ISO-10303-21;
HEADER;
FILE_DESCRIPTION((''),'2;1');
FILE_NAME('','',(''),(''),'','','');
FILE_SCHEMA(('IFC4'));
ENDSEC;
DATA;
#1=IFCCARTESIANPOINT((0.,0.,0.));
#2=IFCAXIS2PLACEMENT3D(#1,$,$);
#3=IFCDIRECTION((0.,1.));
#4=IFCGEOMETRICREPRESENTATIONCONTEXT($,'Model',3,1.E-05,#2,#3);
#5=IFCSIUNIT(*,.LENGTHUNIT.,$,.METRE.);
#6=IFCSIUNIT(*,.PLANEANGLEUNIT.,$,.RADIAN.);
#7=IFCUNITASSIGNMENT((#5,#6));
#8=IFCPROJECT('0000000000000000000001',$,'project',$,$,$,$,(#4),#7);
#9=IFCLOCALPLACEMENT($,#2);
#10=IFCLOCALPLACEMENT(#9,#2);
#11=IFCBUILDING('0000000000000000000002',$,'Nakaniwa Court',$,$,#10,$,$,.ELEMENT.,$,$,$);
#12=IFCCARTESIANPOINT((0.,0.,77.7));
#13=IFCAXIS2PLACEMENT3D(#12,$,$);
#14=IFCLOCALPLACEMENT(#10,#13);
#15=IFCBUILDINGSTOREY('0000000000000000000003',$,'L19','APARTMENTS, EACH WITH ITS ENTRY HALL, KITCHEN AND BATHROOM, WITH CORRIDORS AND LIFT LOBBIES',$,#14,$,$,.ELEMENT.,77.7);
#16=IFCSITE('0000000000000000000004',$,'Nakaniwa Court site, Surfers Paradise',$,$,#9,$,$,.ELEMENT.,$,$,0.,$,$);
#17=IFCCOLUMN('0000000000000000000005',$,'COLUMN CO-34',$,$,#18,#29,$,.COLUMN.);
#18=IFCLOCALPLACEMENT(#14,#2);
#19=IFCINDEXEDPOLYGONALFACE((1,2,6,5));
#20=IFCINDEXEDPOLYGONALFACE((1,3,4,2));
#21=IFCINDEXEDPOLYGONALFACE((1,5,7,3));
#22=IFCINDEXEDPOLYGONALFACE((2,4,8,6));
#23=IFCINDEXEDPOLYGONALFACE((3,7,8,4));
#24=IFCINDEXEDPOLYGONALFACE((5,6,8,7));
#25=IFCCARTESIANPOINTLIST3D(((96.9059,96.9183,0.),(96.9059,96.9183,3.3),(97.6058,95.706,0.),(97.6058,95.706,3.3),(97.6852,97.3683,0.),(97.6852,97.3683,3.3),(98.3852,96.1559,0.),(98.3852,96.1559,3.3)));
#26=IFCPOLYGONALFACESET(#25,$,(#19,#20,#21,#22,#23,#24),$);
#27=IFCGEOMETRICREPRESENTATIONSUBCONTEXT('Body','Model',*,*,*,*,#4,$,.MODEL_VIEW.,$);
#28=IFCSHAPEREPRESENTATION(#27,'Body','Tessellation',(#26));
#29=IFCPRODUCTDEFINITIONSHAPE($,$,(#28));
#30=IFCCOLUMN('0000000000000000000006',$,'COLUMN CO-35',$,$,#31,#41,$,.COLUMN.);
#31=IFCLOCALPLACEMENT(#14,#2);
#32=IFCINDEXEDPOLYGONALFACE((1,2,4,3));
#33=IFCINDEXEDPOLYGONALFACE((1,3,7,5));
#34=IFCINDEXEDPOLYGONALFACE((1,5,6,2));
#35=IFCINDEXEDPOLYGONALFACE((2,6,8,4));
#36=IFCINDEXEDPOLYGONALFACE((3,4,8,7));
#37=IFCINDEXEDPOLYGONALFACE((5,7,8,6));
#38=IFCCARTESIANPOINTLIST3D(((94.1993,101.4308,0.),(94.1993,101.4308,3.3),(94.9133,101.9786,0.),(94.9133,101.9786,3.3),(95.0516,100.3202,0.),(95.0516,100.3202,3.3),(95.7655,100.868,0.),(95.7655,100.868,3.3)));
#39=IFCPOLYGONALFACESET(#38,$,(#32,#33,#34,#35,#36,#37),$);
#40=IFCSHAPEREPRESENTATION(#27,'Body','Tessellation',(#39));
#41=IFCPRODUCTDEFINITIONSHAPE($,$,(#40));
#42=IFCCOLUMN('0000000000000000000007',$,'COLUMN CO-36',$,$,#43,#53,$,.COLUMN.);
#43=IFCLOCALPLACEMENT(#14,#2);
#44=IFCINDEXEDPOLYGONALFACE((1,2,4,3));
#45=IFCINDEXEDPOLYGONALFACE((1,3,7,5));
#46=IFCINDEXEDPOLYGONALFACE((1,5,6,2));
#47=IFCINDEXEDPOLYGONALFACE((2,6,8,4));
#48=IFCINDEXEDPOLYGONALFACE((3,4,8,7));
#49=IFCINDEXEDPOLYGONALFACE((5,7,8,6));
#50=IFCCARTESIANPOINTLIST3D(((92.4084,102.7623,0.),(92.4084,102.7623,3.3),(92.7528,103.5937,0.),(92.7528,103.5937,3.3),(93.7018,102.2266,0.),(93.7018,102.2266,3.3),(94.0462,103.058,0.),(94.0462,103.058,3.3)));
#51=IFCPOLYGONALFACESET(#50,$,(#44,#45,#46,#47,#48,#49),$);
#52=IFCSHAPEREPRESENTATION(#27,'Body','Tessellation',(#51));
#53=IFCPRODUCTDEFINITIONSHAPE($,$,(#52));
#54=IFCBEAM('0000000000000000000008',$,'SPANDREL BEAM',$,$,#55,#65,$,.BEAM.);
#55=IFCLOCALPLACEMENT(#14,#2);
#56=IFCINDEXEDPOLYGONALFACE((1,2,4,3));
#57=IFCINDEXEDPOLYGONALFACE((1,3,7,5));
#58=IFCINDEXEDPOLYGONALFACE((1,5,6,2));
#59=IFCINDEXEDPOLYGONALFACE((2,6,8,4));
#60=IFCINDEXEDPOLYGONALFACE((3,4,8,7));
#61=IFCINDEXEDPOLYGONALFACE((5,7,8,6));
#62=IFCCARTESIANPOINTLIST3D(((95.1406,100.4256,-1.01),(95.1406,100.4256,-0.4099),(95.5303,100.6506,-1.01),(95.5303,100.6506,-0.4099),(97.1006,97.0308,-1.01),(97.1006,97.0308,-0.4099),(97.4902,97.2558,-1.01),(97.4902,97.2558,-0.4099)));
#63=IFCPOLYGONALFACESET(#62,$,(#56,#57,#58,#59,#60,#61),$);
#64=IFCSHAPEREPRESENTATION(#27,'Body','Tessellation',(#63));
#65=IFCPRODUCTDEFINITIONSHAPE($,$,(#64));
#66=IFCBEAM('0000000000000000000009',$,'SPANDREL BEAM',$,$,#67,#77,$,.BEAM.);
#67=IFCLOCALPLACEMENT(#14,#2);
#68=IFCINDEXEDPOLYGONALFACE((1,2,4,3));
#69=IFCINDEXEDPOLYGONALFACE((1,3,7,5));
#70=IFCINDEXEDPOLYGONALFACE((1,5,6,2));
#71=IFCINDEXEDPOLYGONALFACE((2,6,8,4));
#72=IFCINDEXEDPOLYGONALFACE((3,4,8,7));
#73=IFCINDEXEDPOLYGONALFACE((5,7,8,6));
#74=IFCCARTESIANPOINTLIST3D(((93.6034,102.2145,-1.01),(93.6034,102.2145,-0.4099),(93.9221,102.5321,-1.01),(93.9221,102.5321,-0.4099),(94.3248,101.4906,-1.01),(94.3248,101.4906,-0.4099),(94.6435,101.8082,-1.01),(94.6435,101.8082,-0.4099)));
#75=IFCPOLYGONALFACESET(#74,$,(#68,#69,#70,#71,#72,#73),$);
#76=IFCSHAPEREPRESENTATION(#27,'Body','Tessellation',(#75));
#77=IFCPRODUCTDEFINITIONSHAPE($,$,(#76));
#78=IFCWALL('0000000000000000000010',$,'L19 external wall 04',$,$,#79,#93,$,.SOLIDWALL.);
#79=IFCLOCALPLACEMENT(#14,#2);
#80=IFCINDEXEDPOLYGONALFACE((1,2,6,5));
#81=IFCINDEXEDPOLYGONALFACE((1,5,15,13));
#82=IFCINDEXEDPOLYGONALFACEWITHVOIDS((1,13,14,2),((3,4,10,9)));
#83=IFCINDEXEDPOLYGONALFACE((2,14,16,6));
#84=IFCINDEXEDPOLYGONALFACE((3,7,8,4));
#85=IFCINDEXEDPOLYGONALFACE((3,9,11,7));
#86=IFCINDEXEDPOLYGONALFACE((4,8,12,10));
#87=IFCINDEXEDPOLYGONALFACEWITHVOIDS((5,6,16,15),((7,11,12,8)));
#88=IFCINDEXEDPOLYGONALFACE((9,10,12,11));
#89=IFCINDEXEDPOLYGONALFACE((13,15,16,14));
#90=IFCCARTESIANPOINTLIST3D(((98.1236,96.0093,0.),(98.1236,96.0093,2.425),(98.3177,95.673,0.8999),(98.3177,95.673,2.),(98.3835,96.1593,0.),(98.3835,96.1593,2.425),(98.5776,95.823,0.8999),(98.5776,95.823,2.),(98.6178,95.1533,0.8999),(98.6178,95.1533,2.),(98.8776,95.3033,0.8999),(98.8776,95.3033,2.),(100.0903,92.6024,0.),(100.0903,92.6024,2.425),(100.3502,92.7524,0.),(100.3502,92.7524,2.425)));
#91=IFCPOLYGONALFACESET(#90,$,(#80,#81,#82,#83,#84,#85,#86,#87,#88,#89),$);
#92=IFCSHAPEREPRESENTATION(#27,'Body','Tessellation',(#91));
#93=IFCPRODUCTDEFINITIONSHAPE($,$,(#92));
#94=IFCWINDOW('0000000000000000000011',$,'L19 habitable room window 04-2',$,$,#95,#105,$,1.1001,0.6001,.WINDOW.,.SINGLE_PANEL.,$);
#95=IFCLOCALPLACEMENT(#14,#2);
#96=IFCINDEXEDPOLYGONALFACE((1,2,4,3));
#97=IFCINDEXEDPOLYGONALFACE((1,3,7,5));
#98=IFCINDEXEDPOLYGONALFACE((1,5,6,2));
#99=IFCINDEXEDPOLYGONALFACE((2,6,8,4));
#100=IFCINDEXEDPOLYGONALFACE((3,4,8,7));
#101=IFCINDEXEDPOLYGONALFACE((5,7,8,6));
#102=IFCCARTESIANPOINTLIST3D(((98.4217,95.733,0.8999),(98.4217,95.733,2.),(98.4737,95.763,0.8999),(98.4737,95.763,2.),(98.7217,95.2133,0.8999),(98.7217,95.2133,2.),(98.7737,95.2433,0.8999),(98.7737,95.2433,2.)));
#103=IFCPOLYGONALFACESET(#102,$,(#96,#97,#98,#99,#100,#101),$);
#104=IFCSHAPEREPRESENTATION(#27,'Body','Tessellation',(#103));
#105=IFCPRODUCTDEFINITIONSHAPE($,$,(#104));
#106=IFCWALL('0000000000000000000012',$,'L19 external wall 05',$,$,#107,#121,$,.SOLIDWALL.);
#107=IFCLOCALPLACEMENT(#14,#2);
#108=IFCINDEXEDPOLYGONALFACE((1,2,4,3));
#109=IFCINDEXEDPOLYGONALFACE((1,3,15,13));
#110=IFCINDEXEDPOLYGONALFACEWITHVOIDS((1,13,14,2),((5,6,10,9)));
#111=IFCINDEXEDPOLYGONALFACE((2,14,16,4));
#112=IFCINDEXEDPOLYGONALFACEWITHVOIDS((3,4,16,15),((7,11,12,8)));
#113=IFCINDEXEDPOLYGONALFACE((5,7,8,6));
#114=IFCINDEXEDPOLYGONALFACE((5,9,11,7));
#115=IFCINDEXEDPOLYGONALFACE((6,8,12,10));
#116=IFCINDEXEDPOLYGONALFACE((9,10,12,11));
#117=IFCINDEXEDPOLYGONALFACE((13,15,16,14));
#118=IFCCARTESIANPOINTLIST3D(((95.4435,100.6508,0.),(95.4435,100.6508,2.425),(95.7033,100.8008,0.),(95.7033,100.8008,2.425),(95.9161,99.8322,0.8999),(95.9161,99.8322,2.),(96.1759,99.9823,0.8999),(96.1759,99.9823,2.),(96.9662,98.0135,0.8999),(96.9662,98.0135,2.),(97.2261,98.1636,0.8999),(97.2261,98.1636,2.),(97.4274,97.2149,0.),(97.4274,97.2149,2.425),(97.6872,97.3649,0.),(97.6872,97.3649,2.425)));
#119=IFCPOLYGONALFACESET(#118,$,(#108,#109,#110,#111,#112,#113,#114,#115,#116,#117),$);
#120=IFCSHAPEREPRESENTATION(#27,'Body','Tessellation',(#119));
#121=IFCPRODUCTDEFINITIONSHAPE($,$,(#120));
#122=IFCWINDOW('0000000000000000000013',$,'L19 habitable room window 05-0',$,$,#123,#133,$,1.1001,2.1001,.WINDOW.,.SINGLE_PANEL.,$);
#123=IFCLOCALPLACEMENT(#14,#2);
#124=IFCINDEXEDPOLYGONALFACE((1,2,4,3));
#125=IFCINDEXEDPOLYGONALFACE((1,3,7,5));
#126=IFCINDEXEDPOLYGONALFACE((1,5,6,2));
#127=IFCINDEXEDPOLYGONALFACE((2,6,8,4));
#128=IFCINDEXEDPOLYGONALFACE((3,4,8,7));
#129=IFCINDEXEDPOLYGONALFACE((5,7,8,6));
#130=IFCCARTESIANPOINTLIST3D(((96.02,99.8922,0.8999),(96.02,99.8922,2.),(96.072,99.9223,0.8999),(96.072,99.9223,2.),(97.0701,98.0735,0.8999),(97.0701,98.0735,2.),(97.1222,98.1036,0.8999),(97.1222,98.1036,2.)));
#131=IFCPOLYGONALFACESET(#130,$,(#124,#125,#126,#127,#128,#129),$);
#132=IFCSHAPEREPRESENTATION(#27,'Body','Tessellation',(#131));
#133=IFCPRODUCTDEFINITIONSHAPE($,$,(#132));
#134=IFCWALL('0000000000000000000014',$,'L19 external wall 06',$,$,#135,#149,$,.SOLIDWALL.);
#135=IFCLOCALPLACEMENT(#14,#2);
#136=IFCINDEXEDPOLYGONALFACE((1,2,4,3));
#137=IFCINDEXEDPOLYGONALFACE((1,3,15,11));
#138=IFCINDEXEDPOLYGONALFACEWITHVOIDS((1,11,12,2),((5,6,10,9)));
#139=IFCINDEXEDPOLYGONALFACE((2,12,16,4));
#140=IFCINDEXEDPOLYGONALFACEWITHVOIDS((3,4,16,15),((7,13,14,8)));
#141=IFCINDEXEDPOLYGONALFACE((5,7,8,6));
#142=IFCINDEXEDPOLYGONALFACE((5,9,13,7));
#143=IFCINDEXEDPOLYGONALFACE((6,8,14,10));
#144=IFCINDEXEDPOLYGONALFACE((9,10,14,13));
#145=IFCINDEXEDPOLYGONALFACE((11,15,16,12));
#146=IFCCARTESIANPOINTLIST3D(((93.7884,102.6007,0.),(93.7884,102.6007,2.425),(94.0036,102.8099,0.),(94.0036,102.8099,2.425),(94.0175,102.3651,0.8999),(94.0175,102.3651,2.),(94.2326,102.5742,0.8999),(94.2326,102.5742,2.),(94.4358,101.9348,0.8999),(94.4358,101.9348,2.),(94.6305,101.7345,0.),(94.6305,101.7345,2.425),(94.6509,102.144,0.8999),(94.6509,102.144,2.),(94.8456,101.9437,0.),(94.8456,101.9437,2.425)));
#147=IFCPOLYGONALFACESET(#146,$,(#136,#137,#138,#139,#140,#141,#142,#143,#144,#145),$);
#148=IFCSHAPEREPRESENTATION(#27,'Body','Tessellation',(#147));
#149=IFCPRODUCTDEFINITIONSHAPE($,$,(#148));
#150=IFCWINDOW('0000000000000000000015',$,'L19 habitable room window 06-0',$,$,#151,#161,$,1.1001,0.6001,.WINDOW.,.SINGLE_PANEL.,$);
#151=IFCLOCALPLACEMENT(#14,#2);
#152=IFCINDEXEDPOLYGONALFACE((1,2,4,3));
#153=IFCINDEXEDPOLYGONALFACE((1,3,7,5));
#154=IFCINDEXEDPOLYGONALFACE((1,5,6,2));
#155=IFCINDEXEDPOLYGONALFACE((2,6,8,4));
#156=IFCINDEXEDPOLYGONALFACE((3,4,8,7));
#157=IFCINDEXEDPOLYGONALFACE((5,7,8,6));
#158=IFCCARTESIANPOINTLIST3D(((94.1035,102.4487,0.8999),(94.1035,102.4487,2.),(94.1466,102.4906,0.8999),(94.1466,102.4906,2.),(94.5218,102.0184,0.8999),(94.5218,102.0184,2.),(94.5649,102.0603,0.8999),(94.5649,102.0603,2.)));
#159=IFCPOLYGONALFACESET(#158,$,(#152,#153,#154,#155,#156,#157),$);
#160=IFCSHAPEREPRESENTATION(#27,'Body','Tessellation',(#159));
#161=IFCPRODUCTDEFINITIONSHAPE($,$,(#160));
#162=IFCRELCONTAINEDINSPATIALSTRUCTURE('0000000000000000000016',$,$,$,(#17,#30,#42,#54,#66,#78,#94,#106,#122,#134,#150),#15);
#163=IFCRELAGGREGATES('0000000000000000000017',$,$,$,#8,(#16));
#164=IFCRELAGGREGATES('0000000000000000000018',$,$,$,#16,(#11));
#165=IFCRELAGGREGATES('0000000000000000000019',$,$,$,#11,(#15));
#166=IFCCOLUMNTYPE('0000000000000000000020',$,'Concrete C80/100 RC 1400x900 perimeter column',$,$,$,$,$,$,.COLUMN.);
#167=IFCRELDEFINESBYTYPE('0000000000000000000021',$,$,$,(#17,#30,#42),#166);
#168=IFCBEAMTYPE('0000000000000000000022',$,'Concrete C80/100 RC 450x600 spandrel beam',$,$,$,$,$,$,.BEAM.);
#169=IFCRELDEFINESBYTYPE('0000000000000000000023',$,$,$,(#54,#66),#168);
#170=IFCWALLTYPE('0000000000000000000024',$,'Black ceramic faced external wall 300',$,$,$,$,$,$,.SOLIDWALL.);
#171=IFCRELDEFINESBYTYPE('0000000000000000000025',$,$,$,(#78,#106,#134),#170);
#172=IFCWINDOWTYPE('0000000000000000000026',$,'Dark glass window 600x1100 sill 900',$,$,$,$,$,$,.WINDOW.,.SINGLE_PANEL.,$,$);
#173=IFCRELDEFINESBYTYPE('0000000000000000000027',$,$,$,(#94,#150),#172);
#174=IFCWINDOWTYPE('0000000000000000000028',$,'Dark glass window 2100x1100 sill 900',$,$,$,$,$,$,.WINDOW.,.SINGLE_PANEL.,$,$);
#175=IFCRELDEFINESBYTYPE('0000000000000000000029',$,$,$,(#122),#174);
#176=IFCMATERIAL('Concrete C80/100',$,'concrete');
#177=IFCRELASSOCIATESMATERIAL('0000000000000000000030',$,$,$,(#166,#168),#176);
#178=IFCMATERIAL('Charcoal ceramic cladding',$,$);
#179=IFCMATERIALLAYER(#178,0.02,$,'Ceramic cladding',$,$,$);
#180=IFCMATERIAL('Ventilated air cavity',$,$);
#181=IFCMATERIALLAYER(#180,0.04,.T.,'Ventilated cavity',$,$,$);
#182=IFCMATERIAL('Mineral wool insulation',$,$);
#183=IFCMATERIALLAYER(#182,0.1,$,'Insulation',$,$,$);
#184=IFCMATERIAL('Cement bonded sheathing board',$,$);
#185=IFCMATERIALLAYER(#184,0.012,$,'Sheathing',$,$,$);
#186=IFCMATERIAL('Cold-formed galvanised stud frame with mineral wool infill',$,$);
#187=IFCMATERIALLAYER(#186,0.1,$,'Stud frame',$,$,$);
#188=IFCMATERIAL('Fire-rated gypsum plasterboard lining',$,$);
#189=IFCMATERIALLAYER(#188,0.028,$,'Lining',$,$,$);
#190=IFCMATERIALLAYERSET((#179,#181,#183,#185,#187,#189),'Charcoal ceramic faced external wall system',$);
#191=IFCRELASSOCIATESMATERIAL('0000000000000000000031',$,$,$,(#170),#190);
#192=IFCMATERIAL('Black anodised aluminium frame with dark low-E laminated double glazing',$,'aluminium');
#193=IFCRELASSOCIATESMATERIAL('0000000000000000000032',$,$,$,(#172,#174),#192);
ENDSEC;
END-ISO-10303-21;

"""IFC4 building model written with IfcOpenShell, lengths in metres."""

from ifc_helpers import new_model, si_unit, direction, frame, frame_2d, origin, origin_2d, place, context, subcontext, project, spatial, rectangle, extrude, material, layer, layer_set, material_profile, profile_set, type_object, element, fill, save


model = new_model("IFC4")

# Units and contexts
model_context = context("Model", 3, precision=1e-05, world=origin(), true_north=direction((0.0, 1.0)))
body_context = subcontext(model_context, "Body", "Model", "MODEL_VIEW")
ifc_project = project(units=[si_unit("LENGTHUNIT", "METRE"), si_unit("PLANEANGLEUNIT", "RADIAN")], contexts=[model_context])

# Site, building, storey
site_placement = place(None, origin())
site = spatial("IfcSite", under=ifc_project, at=site_placement, Name="Nakaniwa Court site, Surfers Paradise", CompositionType="ELEMENT", RefElevation=0.0)
building_placement = place(site_placement, origin())
building = spatial("IfcBuilding", under=site, at=building_placement, Name="Nakaniwa Court", CompositionType="ELEMENT")
storey_placement = place(building_placement, frame((0.0, 0.0, 77.7)))
storey = spatial("IfcBuildingStorey", under=building, at=storey_placement, Name="L19", Description="APARTMENTS, EACH WITH ITS ENTRY HALL, KITCHEN AND BATHROOM, WITH CORRIDORS AND LIFT LOBBIES", CompositionType="ELEMENT", Elevation=77.7)

# Columns
ifc_material_1 = material(Name="Concrete C80/100", Category="concrete")
ifc_material_profile_1 = material_profile(ifc_material_1, rectangle(XDim=1.3999, YDim=0.8999, at=origin_2d()), Name="Concrete C80/100 RC 1400x900 perimeter column")
ifc_profile_set_1 = profile_set([ifc_material_profile_1], Name="Concrete C80/100")
column_type = type_object("IfcColumnType", Name="Concrete C80/100 RC 1400x900 perimeter column", PredefinedType="COLUMN", material=ifc_profile_set_1)
for number, where, z_axis, x_axis, name in (
    (1, (97.6455, 96.5371, 0.0), (0.0, 0.0, 1.0), (-0.5, 0.866025, 0.0), "COLUMN CO-34"),
    (2, (94.9824, 101.1494, 0.0), (0.0, 0.0, 1.0), (-0.608761, 0.793353, 0.0), "COLUMN CO-35"),
    (3, (93.2273, 102.9102, 0.0), (0.0, 0.0, 1.0), (-0.92388, 0.382683, 0.0), "COLUMN CO-36"),
):
    element("IfcColumn", number, at=place(storey_placement, frame(where, z_axis=z_axis, x_axis=x_axis)), inside=storey, type_object=column_type, Name=name, PredefinedType="COLUMN", context=body_context, shape_type="SweptSolid", body=[
        extrude(rectangle(XDim=1.3999, YDim=0.8999, at=origin_2d()), origin(), (0.0, 0.0, 1.0), 3.3),
    ])

# Beams
ifc_material_profile_2 = material_profile(ifc_material_1, rectangle(XDim=0.45, YDim=0.6001, at=origin_2d()), Name="Concrete C80/100 RC 450x600 spandrel beam")
ifc_profile_set_2 = profile_set([ifc_material_profile_2], Name="Concrete C80/100")
beam_type = type_object("IfcBeamType", Name="Concrete C80/100 RC 450x600 spandrel beam", PredefinedType="BEAM", material=ifc_profile_set_2)
beam_1_placement = place(storey_placement, frame((97.2954, 97.1433, -0.71), z_axis=(-0.499997, 0.866027, 0.0), x_axis=(-0.866027, -0.499997, 0.0)))
element("IfcBeam", 4, at=beam_1_placement, inside=storey, type_object=beam_type, Name="SPANDREL BEAM", PredefinedType="BEAM", context=body_context, shape_type="SweptSolid", body=[
    extrude(rectangle(XDim=0.45, YDim=0.6001, at=origin_2d()), origin(), (0.0, 0.0, 1.0), 3.9199),
])
beam_2_placement = place(storey_placement, frame((94.4841, 101.6494, -0.71), z_axis=(-0.705911, 0.7083, 0.0), x_axis=(-0.7083, -0.705911, 0.0)))
element("IfcBeam", 5, at=beam_2_placement, inside=storey, type_object=beam_type, Name="SPANDREL BEAM", PredefinedType="BEAM", context=body_context, shape_type="SweptSolid", body=[
    extrude(rectangle(XDim=0.45, YDim=0.6001, at=origin_2d()), origin(), (0.0, 0.0, 1.0), 1.022),
])

# Walls, openings, windows
ifc_material_2 = material(Name="Charcoal ceramic cladding")
ifc_layer_1 = layer(ifc_material_2, 0.02, Name="Ceramic cladding")
ifc_material_3 = material(Name="Ventilated air cavity")
ifc_layer_2 = layer(ifc_material_3, 0.04, ventilated=True, Name="Ventilated cavity")
ifc_material_4 = material(Name="Mineral wool insulation")
ifc_layer_3 = layer(ifc_material_4, 0.1, Name="Insulation")
ifc_material_5 = material(Name="Cement bonded sheathing board")
ifc_layer_4 = layer(ifc_material_5, 0.012, Name="Sheathing")
ifc_material_6 = material(Name="Cold-formed galvanised stud frame with mineral wool infill")
ifc_layer_5 = layer(ifc_material_6, 0.1, Name="Stud frame")
ifc_material_7 = material(Name="Fire-rated gypsum plasterboard lining")
ifc_layer_6 = layer(ifc_material_7, 0.028, Name="Lining")
ifc_layer_set_1 = layer_set([ifc_layer_1, ifc_layer_2, ifc_layer_3, ifc_layer_4, ifc_layer_5, ifc_layer_6], Name="Charcoal ceramic faced external wall system")
wall_type_1 = type_object("IfcWallType", Name="Black ceramic faced external wall 300", PredefinedType="SOLIDWALL", material=ifc_layer_set_1)
wall_1_placement = place(storey_placement, frame((100.2202, 92.6775, 0.0), z_axis=(0.0, 0.0, 1.0), x_axis=(-0.499957, 0.86605, 0.0)))
wall_1 = element("IfcWall", 6, at=wall_1_placement, inside=storey, type_object=wall_type_1, Name="L19 external wall 04", PredefinedType="SOLIDWALL", context=body_context, shape_type="SweptSolid", body=[
    extrude(rectangle(XDim=3.9338, YDim=0.3, at=frame_2d((1.9668, 0.0))), origin(), (0.0, 0.0, 1.0), 2.425),
])
opening_1_placement = place(wall_1_placement, frame((2.9453, 0.0, 0.8999)))
opening_1 = element("IfcOpeningElement", 7, at=opening_1_placement, cuts=wall_1, PredefinedType="OPENING", context=body_context, shape_type="SweptSolid", body=[
    extrude(rectangle(XDim=0.6001, YDim=1.1001, at=frame_2d((0.3, 0.55))), frame((0.0, 0.1599, 0.0), z_axis=(0.0, -1.0, 0.0), x_axis=(1.0, 0.0, 0.0)), (0.0, 0.0, 1.0), 0.3201),
])
ifc_material_8 = material(Name="Black anodised aluminium frame with dark low-E laminated double glazing", Category="aluminium")
window_type_1 = type_object("IfcWindowType", Name="Dark glass window 600x1100 sill 900", PartitioningType="SINGLE_PANEL", PredefinedType="WINDOW", material=ifc_material_8)
window_1_placement = place(opening_1_placement, origin())
window_1 = element("IfcWindow", 8, at=window_1_placement, inside=storey, type_object=window_type_1, Name="L19 habitable room window 04-2", OverallHeight=1.1001, OverallWidth=0.6001, PartitioningType="SINGLE_PANEL", PredefinedType="WINDOW", context=body_context, shape_type="SweptSolid", body=[
    extrude(rectangle(XDim=0.6001, YDim=1.1001, at=frame_2d((0.3, 0.55))), frame((0.0, 0.03, 0.0), z_axis=(0.0, -1.0, 0.0), x_axis=(1.0, 0.0, 0.0)), (0.0, 0.0, 1.0), 0.0601),
])
fill(opening_1, window_1)
wall_2_placement = place(storey_placement, frame((97.5574, 97.2898, 0.0), z_axis=(0.0, 0.0, 1.0), x_axis=(-0.500044, 0.866, 0.0)))
wall_2 = element("IfcWall", 9, at=wall_2_placement, inside=storey, type_object=wall_type_1, Name="L19 external wall 05", PredefinedType="SOLIDWALL", context=body_context, shape_type="SweptSolid", body=[
    extrude(rectangle(XDim=3.9675, YDim=0.3, at=frame_2d((1.9839, 0.0))), origin(), (0.0, 0.0, 1.0), 2.425),
])
opening_2_placement = place(wall_2_placement, frame((0.9224, 0.0, 0.8999)))
opening_2 = element("IfcOpeningElement", 10, at=opening_2_placement, cuts=wall_2, PredefinedType="OPENING", context=body_context, shape_type="SweptSolid", body=[
    extrude(rectangle(XDim=2.1001, YDim=1.1001, at=frame_2d((1.05, 0.55))), frame((0.0, 0.1599, 0.0), z_axis=(0.0, -1.0, 0.0), x_axis=(1.0, 0.0, 0.0)), (0.0, 0.0, 1.0), 0.3201),
])
window_type_2 = type_object("IfcWindowType", Name="Dark glass window 2100x1100 sill 900", PartitioningType="SINGLE_PANEL", PredefinedType="WINDOW", material=ifc_material_8)
window_2_placement = place(opening_2_placement, origin())
window_2 = element("IfcWindow", 11, at=window_2_placement, inside=storey, type_object=window_type_2, Name="L19 habitable room window 05-0", OverallHeight=1.1001, OverallWidth=2.1001, PartitioningType="SINGLE_PANEL", PredefinedType="WINDOW", context=body_context, shape_type="SweptSolid", body=[
    extrude(rectangle(XDim=2.1001, YDim=1.1001, at=frame_2d((1.05, 0.55))), frame((0.0, 0.03, 0.0), z_axis=(0.0, -1.0, 0.0), x_axis=(1.0, 0.0, 0.0)), (0.0, 0.0, 1.0), 0.0601),
])
fill(opening_2, window_2)
wall_3_placement = place(storey_placement, frame((94.738, 101.8391, 0.0), z_axis=(0.0, 0.0, 1.0), x_axis=(-0.697032, 0.71704, 0.0)))
wall_3 = element("IfcWall", 12, at=wall_3_placement, inside=storey, type_object=wall_type_1, Name="L19 external wall 06", PredefinedType="SOLIDWALL", context=body_context, shape_type="SweptSolid", body=[
    extrude(rectangle(XDim=1.208, YDim=0.3, at=frame_2d((0.604, 0.0))), origin(), (0.0, 0.0, 1.0), 2.425),
])
opening_3_placement = place(wall_3_placement, frame((0.2793, 0.0, 0.8999)))
opening_3 = element("IfcOpeningElement", 13, at=opening_3_placement, cuts=wall_3, PredefinedType="OPENING", context=body_context, shape_type="SweptSolid", body=[
    extrude(rectangle(XDim=0.6001, YDim=1.1001, at=frame_2d((0.3, 0.55))), frame((0.0, 0.1599, 0.0), z_axis=(0.0, -1.0, 0.0), x_axis=(1.0, 0.0, 0.0)), (0.0, 0.0, 1.0), 0.3201),
])
window_3_placement = place(opening_3_placement, origin())
window_3 = element("IfcWindow", 14, at=window_3_placement, inside=storey, type_object=window_type_1, Name="L19 habitable room window 06-0", OverallHeight=1.1001, OverallWidth=0.6001, PartitioningType="SINGLE_PANEL", PredefinedType="WINDOW", context=body_context, shape_type="SweptSolid", body=[
    extrude(rectangle(XDim=0.6001, YDim=1.1001, at=frame_2d((0.3, 0.55))), frame((0.0, 0.03, 0.0), z_axis=(0.0, -1.0, 0.0), x_axis=(1.0, 0.0, 0.0)), (0.0, 0.0, 1.0), 0.0601),
])
fill(opening_3, window_3)

save(model, "model.ifc")
